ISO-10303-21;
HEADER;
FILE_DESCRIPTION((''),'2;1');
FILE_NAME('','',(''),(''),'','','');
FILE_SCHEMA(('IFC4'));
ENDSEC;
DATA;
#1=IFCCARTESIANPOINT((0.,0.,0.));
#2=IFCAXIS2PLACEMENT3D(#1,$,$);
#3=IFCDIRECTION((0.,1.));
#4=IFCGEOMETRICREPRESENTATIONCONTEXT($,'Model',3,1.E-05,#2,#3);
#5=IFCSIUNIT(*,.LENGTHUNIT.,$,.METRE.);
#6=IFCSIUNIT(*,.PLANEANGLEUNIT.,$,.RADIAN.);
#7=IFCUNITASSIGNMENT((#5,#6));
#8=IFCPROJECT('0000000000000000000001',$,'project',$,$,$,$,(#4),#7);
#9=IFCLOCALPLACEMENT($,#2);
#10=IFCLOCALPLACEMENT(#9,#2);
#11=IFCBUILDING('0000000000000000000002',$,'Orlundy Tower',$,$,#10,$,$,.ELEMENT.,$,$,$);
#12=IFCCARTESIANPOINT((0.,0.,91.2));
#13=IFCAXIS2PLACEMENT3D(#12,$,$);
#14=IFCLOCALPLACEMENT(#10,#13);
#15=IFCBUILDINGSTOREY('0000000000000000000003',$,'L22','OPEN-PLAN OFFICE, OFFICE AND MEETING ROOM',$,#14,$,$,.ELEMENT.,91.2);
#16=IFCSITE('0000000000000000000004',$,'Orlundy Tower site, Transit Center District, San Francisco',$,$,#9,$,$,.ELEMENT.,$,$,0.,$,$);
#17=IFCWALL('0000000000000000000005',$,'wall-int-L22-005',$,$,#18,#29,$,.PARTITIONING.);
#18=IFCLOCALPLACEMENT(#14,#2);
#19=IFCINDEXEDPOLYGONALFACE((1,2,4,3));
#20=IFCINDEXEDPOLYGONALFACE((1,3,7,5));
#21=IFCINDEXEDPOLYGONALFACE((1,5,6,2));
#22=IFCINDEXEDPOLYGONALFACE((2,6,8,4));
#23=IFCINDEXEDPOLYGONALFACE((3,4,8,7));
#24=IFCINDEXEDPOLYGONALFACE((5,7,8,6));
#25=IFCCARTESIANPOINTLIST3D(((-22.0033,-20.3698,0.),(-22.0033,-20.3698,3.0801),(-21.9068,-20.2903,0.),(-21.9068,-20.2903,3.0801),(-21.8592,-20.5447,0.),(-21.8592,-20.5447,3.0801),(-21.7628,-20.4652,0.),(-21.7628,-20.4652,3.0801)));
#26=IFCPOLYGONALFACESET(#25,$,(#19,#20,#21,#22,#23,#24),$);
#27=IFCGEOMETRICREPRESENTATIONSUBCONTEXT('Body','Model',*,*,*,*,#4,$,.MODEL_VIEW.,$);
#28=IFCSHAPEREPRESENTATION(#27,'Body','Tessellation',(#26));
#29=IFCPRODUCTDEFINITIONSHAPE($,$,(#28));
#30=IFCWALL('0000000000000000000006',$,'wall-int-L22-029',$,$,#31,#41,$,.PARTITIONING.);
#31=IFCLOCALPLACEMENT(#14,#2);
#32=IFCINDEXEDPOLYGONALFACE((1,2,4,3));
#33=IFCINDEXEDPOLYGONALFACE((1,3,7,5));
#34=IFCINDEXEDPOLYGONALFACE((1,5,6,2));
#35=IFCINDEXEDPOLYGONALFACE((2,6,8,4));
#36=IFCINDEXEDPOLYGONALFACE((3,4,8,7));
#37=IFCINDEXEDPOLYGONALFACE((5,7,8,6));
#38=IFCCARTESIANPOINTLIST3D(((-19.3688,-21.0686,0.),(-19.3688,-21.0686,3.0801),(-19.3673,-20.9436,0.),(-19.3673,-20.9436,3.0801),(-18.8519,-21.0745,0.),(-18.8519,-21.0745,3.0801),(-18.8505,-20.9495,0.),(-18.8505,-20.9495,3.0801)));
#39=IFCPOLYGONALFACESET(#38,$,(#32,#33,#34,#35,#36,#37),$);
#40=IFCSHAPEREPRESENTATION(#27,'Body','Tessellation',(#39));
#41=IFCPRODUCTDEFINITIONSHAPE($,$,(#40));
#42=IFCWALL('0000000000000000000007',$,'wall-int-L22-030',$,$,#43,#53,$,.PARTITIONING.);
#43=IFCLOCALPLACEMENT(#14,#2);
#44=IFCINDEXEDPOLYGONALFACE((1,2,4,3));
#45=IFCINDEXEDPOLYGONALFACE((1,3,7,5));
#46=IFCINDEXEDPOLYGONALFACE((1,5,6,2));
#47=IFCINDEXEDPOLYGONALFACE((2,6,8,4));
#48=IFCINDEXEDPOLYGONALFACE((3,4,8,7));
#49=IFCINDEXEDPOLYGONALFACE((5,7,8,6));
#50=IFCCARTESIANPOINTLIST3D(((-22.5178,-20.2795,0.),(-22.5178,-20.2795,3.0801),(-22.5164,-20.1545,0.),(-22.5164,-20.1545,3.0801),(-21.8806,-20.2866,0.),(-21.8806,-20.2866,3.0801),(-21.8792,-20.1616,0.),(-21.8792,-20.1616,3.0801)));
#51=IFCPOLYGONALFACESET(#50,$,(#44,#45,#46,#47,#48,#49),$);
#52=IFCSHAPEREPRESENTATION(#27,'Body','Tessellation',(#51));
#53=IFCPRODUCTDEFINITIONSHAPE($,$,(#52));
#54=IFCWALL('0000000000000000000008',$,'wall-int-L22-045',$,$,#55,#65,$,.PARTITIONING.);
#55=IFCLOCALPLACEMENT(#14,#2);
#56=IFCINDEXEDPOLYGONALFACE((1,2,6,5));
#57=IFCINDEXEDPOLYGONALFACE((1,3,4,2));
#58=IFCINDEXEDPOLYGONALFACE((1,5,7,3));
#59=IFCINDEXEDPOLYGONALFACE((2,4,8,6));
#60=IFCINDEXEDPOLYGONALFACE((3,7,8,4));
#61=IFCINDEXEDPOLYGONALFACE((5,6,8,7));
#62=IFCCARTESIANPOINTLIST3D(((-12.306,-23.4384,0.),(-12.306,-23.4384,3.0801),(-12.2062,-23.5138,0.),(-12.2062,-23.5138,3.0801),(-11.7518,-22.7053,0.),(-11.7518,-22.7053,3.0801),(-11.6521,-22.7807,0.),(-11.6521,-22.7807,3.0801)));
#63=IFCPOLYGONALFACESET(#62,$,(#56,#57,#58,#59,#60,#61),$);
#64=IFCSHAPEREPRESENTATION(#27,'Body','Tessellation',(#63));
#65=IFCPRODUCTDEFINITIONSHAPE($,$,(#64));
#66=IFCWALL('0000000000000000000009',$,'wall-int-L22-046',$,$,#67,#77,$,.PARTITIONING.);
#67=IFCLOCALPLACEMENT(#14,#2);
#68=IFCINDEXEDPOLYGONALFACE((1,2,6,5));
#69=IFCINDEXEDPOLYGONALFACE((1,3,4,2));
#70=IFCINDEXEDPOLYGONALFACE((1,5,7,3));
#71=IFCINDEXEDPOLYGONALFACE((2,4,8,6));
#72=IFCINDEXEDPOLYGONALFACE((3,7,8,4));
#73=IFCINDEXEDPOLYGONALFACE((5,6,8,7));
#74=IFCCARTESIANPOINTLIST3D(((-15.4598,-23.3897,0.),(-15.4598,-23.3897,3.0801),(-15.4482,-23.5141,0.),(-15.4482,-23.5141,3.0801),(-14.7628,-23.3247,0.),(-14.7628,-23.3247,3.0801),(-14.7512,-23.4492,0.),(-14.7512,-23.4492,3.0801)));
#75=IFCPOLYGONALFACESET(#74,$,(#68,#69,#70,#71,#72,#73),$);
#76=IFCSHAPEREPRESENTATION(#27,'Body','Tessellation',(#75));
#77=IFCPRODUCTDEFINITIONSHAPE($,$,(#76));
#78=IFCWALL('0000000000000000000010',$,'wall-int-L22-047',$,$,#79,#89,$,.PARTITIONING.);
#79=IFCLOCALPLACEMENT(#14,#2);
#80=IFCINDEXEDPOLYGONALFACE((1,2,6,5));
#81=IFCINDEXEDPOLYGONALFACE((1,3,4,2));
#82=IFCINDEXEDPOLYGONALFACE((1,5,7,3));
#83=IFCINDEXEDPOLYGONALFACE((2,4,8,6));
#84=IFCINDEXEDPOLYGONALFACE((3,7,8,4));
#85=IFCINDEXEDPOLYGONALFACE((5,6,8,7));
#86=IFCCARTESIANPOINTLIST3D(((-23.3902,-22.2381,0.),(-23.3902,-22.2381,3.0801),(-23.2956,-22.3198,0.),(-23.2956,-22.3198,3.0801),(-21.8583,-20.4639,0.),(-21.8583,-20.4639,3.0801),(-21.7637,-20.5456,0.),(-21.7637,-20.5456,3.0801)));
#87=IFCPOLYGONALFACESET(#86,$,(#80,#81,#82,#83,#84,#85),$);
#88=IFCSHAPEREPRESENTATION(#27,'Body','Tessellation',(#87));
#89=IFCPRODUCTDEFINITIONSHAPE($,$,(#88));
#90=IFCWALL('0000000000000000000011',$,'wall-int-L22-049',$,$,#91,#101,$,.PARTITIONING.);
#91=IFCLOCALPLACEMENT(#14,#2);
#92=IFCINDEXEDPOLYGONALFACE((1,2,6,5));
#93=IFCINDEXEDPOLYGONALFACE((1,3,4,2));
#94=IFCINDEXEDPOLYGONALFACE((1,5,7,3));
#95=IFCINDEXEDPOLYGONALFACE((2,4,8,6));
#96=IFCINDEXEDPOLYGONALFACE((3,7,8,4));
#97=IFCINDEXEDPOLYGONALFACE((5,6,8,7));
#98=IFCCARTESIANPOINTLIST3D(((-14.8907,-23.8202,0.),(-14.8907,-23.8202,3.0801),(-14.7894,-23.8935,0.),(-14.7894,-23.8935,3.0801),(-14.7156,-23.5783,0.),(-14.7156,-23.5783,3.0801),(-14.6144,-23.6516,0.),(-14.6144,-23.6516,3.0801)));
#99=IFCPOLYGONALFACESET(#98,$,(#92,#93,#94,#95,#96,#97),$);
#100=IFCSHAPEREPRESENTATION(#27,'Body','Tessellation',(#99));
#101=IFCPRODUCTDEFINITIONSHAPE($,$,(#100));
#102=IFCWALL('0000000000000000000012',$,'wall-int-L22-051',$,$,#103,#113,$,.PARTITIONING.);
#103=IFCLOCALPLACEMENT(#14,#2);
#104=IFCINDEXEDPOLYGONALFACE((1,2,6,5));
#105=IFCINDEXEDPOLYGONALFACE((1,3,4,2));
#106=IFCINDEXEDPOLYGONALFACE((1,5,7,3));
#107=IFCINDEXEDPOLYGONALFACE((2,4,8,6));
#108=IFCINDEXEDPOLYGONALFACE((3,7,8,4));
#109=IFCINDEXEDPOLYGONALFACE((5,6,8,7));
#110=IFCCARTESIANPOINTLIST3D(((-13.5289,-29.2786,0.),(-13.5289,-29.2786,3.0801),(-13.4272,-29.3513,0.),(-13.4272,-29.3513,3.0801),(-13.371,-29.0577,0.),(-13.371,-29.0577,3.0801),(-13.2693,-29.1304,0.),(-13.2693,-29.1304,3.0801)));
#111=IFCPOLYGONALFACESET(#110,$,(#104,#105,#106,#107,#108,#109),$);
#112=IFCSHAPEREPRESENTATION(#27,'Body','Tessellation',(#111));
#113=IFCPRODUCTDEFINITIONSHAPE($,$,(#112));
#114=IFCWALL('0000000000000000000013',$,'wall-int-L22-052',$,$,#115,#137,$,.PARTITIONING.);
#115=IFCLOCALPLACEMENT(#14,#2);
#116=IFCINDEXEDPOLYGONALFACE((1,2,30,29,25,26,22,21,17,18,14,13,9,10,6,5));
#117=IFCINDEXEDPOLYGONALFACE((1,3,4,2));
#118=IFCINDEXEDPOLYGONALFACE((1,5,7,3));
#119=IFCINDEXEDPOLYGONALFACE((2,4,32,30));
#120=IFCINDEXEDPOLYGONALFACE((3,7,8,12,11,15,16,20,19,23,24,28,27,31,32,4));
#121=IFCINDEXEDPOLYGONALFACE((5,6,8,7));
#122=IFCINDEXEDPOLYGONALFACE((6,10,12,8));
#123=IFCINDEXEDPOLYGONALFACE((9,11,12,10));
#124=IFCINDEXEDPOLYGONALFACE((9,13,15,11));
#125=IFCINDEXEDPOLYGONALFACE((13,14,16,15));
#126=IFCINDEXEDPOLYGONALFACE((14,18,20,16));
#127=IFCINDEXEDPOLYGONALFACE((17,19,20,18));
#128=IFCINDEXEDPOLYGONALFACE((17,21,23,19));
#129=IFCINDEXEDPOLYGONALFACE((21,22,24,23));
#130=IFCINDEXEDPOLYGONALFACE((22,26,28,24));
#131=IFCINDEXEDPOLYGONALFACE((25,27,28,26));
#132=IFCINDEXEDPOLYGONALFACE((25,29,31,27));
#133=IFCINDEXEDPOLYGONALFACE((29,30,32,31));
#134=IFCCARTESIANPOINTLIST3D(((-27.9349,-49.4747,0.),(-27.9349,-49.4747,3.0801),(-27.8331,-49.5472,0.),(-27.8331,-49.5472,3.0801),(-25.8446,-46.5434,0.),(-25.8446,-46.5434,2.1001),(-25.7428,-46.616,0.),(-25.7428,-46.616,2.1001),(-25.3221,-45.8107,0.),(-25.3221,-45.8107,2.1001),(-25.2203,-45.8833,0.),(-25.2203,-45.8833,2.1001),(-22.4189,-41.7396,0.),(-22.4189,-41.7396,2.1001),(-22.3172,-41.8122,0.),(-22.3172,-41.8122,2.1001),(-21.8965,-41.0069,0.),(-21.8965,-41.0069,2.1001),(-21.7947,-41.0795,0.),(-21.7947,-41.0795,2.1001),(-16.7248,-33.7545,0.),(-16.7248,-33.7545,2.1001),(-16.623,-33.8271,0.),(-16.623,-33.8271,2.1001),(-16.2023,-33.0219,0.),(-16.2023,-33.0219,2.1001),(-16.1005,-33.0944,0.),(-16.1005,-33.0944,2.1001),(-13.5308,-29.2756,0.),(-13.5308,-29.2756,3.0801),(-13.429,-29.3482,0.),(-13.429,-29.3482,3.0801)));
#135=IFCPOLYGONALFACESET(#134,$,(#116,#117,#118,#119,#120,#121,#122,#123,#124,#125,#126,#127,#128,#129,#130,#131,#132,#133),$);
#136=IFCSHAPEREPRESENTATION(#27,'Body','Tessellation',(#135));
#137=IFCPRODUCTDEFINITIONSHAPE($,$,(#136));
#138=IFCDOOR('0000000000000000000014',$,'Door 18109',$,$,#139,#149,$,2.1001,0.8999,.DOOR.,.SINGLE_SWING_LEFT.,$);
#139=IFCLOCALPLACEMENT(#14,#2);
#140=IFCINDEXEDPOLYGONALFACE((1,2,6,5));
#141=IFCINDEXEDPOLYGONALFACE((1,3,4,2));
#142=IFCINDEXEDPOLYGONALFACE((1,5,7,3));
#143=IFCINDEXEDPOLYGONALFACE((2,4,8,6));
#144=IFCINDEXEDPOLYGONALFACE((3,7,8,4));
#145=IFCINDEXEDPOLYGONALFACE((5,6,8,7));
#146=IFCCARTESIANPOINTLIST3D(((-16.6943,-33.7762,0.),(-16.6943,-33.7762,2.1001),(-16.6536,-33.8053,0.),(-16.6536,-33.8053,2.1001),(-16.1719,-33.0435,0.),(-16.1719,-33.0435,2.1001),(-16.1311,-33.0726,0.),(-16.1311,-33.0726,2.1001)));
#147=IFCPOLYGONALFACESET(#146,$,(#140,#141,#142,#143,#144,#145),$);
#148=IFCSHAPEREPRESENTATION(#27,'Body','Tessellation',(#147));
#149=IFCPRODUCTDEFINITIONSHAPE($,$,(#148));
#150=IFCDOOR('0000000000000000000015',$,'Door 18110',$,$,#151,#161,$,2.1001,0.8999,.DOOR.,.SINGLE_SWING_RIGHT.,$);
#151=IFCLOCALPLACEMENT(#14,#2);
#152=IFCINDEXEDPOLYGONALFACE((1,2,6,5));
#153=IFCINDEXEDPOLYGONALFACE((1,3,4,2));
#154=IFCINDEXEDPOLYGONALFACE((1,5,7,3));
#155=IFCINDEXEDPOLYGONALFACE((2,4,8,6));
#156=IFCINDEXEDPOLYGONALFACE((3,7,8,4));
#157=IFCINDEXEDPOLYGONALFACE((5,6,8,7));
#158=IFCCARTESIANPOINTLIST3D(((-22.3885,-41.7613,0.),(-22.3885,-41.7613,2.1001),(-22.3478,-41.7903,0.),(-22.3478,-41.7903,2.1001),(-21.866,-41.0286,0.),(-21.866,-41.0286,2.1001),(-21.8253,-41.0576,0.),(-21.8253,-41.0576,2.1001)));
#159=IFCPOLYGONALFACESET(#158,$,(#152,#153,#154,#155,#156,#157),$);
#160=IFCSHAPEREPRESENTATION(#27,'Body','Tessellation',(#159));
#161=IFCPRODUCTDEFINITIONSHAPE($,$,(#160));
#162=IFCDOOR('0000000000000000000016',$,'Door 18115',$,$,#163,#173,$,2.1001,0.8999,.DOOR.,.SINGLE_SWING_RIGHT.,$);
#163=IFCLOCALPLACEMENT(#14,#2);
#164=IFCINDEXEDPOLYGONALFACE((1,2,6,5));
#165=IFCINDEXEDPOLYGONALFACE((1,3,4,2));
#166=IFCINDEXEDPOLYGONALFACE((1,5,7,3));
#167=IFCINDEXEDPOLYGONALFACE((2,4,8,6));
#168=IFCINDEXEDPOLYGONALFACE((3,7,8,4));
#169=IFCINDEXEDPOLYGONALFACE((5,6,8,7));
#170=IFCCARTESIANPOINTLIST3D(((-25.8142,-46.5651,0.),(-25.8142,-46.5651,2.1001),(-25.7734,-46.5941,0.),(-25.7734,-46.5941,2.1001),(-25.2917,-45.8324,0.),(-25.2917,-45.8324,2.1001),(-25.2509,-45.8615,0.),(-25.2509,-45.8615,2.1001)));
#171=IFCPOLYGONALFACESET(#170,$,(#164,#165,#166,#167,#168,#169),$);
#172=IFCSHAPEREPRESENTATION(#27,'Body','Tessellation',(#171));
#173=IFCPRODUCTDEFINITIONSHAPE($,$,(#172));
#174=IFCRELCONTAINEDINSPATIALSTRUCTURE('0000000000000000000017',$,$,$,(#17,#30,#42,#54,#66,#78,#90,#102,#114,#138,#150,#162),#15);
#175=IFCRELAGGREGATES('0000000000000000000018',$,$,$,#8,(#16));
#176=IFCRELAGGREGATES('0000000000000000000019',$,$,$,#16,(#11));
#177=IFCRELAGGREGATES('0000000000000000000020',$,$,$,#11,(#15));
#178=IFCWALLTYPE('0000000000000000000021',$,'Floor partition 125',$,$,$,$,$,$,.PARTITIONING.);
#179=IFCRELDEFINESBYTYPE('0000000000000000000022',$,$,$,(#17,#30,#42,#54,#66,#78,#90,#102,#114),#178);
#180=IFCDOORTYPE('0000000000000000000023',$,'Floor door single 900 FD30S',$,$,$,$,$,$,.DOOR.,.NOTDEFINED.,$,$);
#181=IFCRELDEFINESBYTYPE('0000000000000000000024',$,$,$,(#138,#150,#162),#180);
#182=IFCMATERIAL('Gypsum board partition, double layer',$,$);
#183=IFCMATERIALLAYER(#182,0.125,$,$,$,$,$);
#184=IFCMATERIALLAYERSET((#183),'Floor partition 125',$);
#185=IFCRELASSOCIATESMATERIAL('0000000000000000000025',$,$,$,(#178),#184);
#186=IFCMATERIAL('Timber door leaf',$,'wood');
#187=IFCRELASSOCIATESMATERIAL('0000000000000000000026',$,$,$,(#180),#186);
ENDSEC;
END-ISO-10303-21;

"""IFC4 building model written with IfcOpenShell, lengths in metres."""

from ifc_helpers import new_model, si_unit, direction, frame, frame_2d, origin, place, context, subcontext, project, spatial, rectangle, extrude, material, layer, layer_set, type_object, element, fill, save


model = new_model("IFC4")

# Units and contexts
model_context = context("Model", 3, precision=1e-05, world=origin(), true_north=direction((0.0, 1.0)))
body_context = subcontext(model_context, "Body", "Model", "MODEL_VIEW")
ifc_project = project(units=[si_unit("LENGTHUNIT", "METRE"), si_unit("PLANEANGLEUNIT", "RADIAN")], contexts=[model_context])

# Site, building, storey
site_placement = place(None, origin())
site = spatial("IfcSite", under=ifc_project, at=site_placement, Name="Orlundy Tower site, Transit Center District, San Francisco", CompositionType="ELEMENT", RefElevation=0.0)
building_placement = place(site_placement, origin())
building = spatial("IfcBuilding", under=site, at=building_placement, Name="Orlundy Tower", CompositionType="ELEMENT")
storey_placement = place(building_placement, frame((0.0, 0.0, 91.2)))
storey = spatial("IfcBuildingStorey", under=building, at=storey_placement, Name="L22", Description="OPEN-PLAN OFFICE, OFFICE AND MEETING ROOM", CompositionType="ELEMENT", Elevation=91.2)

# Walls
ifc_material_1 = material(Name="Gypsum board partition, double layer")
ifc_layer_1 = layer(ifc_material_1, 0.125)
ifc_layer_set_1 = layer_set([ifc_layer_1], Name="Floor partition 125")
wall_type_1 = type_object("IfcWallType", Name="Floor partition 125", PredefinedType="PARTITIONING", material=ifc_layer_set_1)
wall_1_placement = place(storey_placement, frame((-21.9551, -20.3301, 0.0), z_axis=(0.0, 0.0, 1.0), x_axis=(0.635934, -0.771744, 0.0)))
element("IfcWall", 1, at=wall_1_placement, inside=storey, type_object=wall_type_1, Name="wall-int-L22-005", PredefinedType="PARTITIONING", context=body_context, shape_type="SweptSolid", body=[
    extrude(rectangle(XDim=0.2266, YDim=0.125, at=frame_2d((0.1133, 0.0))), origin(), (0.0, 0.0, 1.0), 3.0801),
])
wall_2_placement = place(storey_placement, frame((-19.3679, -21.0061, 0.0), z_axis=(0.0, 0.0, 1.0), x_axis=(0.999936, -0.011336, 0.0)))
element("IfcWall", 2, at=wall_2_placement, inside=storey, type_object=wall_type_1, Name="wall-int-L22-029", PredefinedType="PARTITIONING", context=body_context, shape_type="SweptSolid", body=[
    extrude(rectangle(XDim=0.5168, YDim=0.125, at=frame_2d((0.2583, 0.0))), origin(), (0.0, 0.0, 1.0), 3.0801),
])
wall_3_placement = place(storey_placement, frame((-22.5171, -20.217, 0.0), z_axis=(0.0, 0.0, 1.0), x_axis=(0.999938, -0.01111, 0.0)))
element("IfcWall", 3, at=wall_3_placement, inside=storey, type_object=wall_type_1, Name="wall-int-L22-030", PredefinedType="PARTITIONING", context=body_context, shape_type="SweptSolid", body=[
    extrude(rectangle(XDim=0.6372, YDim=0.125, at=frame_2d((0.3186, 0.0))), origin(), (0.0, 0.0, 1.0), 3.0801),
])
wall_4_placement = place(storey_placement, frame((-12.2561, -23.4761, 0.0), z_axis=(0.0, 0.0, 1.0), x_axis=(0.603013, 0.797731, 0.0)))
element("IfcWall", 4, at=wall_4_placement, inside=storey, type_object=wall_type_1, Name="wall-int-L22-045", PredefinedType="PARTITIONING", context=body_context, shape_type="SweptSolid", body=[
    extrude(rectangle(XDim=0.9189, YDim=0.125, at=frame_2d((0.4595, 0.0))), origin(), (0.0, 0.0, 1.0), 3.0801),
])
wall_5_placement = place(storey_placement, frame((-15.4541, -23.4519, 0.0), z_axis=(0.0, 0.0, 1.0), x_axis=(0.995688, 0.092768, 0.0)))
element("IfcWall", 5, at=wall_5_placement, inside=storey, type_object=wall_type_1, Name="wall-int-L22-046", PredefinedType="PARTITIONING", context=body_context, shape_type="SweptSolid", body=[
    extrude(rectangle(XDim=0.7, YDim=0.125, at=frame_2d((0.3501, 0.0))), origin(), (0.0, 0.0, 1.0), 3.0801),
])
wall_6_placement = place(storey_placement, frame((-21.811, -20.5049, 0.0), z_axis=(0.0, 0.0, 1.0), x_axis=(-0.653557, -0.756877, 0.0)))
element("IfcWall", 6, at=wall_6_placement, inside=storey, type_object=wall_type_1, Name="wall-int-L22-047", PredefinedType="PARTITIONING", context=body_context, shape_type="SweptSolid", body=[
    extrude(rectangle(XDim=2.344, YDim=0.125, at=frame_2d((1.1719, 0.0))), origin(), (0.0, 0.0, 1.0), 3.0801),
])
wall_7_placement = place(storey_placement, frame((-14.8401, -23.8569, 0.0), z_axis=(0.0, 0.0, 1.0), x_axis=(0.586177, 0.810183, 0.0)))
element("IfcWall", 7, at=wall_7_placement, inside=storey, type_object=wall_type_1, Name="wall-int-L22-049", PredefinedType="PARTITIONING", context=body_context, shape_type="SweptSolid", body=[
    extrude(rectangle(XDim=0.2986, YDim=0.125, at=frame_2d((0.1494, 0.0))), origin(), (0.0, 0.0, 1.0), 3.0801),
])
wall_8_placement = place(storey_placement, frame((-13.478, -29.3149, 0.0), z_axis=(0.0, 0.0, 1.0), x_axis=(0.581578, 0.81349, 0.0)))
element("IfcWall", 8, at=wall_8_placement, inside=storey, type_object=wall_type_1, Name="wall-int-L22-051", PredefinedType="PARTITIONING", context=body_context, shape_type="SweptSolid", body=[
    extrude(rectangle(XDim=0.2715, YDim=0.125, at=frame_2d((0.1357, 0.0))), origin(), (0.0, 0.0, 1.0), 3.0801),
])

# Wall, openings, doors
wall_9_placement = place(storey_placement, frame((-13.48, -29.312, 0.0), z_axis=(0.0, 0.0, 1.0), x_axis=(-0.580603, -0.814187, 0.0)))
wall_9 = element("IfcWall", 9, at=wall_9_placement, inside=storey, type_object=wall_type_1, Name="wall-int-L22-052", PredefinedType="PARTITIONING", context=body_context, shape_type="SweptSolid", body=[
    extrude(rectangle(XDim=24.8088, YDim=0.125, at=frame_2d((12.4043, 0.0))), origin(), (0.0, 0.0, 1.0), 3.0801),
])
opening_1_placement = place(wall_9_placement, frame((4.6011, 0.0, 0.0)))
opening_1 = element("IfcOpeningElement", 10, at=opening_1_placement, cuts=wall_9, PredefinedType="OPENING", context=body_context, shape_type="SweptSolid", body=[
    extrude(rectangle(XDim=0.8999, YDim=2.1001, at=frame_2d((0.45, 1.05))), frame((0.0, 0.0725, 0.0), z_axis=(0.0, -1.0, 0.0), x_axis=(1.0, 0.0, 0.0)), (0.0, 0.0, 1.0), 0.145),
])
opening_2_placement = place(wall_9_placement, frame((14.4084, 0.0, 0.0)))
opening_2 = element("IfcOpeningElement", 11, at=opening_2_placement, cuts=wall_9, PredefinedType="OPENING", context=body_context, shape_type="SweptSolid", body=[
    extrude(rectangle(XDim=0.8999, YDim=2.1001, at=frame_2d((0.45, 1.05))), frame((0.0, 0.0725, 0.0), z_axis=(0.0, -1.0, 0.0), x_axis=(1.0, 0.0, 0.0)), (0.0, 0.0, 1.0), 0.145),
])
opening_3_placement = place(wall_9_placement, frame((20.3086, 0.0, 0.0)))
opening_3 = element("IfcOpeningElement", 12, at=opening_3_placement, cuts=wall_9, PredefinedType="OPENING", context=body_context, shape_type="SweptSolid", body=[
    extrude(rectangle(XDim=0.8999, YDim=2.1001, at=frame_2d((0.45, 1.05))), frame((0.0, 0.0725, 0.0), z_axis=(0.0, -1.0, 0.0), x_axis=(1.0, 0.0, 0.0)), (0.0, 0.0, 1.0), 0.145),
])
ifc_material_2 = material(Name="Timber door leaf", Category="wood")
door_type = type_object("IfcDoorType", Name="Floor door single 900 FD30S", OperationType="NOTDEFINED", PredefinedType="DOOR", material=ifc_material_2)
door_1_placement = place(opening_1_placement, origin())
door_1 = element("IfcDoor", 13, at=door_1_placement, inside=storey, type_object=door_type, Name="Door 18109", OperationType="SINGLE_SWING_LEFT", OverallHeight=2.1001, OverallWidth=0.8999, PredefinedType="DOOR", context=body_context, shape_type="SweptSolid", body=[
    extrude(rectangle(XDim=0.8999, YDim=2.1001, at=frame_2d((0.45, 1.05))), frame((0.0, 0.0249, 0.0), z_axis=(0.0, -1.0, 0.0), x_axis=(1.0, 0.0, 0.0)), (0.0, 0.0, 1.0), 0.05),
])
fill(opening_1, door_1)
door_2_placement = place(opening_2_placement, origin())
door_2 = element("IfcDoor", 14, at=door_2_placement, inside=storey, type_object=door_type, Name="Door 18110", OperationType="SINGLE_SWING_RIGHT", OverallHeight=2.1001, OverallWidth=0.8999, PredefinedType="DOOR", context=body_context, shape_type="SweptSolid", body=[
    extrude(rectangle(XDim=0.8999, YDim=2.1001, at=frame_2d((0.45, 1.05))), frame((0.0, 0.0249, 0.0), z_axis=(0.0, -1.0, 0.0), x_axis=(1.0, 0.0, 0.0)), (0.0, 0.0, 1.0), 0.05),
])
fill(opening_2, door_2)
door_3_placement = place(opening_3_placement, origin())
door_3 = element("IfcDoor", 15, at=door_3_placement, inside=storey, type_object=door_type, Name="Door 18115", OperationType="SINGLE_SWING_RIGHT", OverallHeight=2.1001, OverallWidth=0.8999, PredefinedType="DOOR", context=body_context, shape_type="SweptSolid", body=[
    extrude(rectangle(XDim=0.8999, YDim=2.1001, at=frame_2d((0.45, 1.05))), frame((0.0, 0.0249, 0.0), z_axis=(0.0, -1.0, 0.0), x_axis=(1.0, 0.0, 0.0)), (0.0, 0.0, 1.0), 0.05),
])
fill(opening_3, door_3)

save(model, "model.ifc")
